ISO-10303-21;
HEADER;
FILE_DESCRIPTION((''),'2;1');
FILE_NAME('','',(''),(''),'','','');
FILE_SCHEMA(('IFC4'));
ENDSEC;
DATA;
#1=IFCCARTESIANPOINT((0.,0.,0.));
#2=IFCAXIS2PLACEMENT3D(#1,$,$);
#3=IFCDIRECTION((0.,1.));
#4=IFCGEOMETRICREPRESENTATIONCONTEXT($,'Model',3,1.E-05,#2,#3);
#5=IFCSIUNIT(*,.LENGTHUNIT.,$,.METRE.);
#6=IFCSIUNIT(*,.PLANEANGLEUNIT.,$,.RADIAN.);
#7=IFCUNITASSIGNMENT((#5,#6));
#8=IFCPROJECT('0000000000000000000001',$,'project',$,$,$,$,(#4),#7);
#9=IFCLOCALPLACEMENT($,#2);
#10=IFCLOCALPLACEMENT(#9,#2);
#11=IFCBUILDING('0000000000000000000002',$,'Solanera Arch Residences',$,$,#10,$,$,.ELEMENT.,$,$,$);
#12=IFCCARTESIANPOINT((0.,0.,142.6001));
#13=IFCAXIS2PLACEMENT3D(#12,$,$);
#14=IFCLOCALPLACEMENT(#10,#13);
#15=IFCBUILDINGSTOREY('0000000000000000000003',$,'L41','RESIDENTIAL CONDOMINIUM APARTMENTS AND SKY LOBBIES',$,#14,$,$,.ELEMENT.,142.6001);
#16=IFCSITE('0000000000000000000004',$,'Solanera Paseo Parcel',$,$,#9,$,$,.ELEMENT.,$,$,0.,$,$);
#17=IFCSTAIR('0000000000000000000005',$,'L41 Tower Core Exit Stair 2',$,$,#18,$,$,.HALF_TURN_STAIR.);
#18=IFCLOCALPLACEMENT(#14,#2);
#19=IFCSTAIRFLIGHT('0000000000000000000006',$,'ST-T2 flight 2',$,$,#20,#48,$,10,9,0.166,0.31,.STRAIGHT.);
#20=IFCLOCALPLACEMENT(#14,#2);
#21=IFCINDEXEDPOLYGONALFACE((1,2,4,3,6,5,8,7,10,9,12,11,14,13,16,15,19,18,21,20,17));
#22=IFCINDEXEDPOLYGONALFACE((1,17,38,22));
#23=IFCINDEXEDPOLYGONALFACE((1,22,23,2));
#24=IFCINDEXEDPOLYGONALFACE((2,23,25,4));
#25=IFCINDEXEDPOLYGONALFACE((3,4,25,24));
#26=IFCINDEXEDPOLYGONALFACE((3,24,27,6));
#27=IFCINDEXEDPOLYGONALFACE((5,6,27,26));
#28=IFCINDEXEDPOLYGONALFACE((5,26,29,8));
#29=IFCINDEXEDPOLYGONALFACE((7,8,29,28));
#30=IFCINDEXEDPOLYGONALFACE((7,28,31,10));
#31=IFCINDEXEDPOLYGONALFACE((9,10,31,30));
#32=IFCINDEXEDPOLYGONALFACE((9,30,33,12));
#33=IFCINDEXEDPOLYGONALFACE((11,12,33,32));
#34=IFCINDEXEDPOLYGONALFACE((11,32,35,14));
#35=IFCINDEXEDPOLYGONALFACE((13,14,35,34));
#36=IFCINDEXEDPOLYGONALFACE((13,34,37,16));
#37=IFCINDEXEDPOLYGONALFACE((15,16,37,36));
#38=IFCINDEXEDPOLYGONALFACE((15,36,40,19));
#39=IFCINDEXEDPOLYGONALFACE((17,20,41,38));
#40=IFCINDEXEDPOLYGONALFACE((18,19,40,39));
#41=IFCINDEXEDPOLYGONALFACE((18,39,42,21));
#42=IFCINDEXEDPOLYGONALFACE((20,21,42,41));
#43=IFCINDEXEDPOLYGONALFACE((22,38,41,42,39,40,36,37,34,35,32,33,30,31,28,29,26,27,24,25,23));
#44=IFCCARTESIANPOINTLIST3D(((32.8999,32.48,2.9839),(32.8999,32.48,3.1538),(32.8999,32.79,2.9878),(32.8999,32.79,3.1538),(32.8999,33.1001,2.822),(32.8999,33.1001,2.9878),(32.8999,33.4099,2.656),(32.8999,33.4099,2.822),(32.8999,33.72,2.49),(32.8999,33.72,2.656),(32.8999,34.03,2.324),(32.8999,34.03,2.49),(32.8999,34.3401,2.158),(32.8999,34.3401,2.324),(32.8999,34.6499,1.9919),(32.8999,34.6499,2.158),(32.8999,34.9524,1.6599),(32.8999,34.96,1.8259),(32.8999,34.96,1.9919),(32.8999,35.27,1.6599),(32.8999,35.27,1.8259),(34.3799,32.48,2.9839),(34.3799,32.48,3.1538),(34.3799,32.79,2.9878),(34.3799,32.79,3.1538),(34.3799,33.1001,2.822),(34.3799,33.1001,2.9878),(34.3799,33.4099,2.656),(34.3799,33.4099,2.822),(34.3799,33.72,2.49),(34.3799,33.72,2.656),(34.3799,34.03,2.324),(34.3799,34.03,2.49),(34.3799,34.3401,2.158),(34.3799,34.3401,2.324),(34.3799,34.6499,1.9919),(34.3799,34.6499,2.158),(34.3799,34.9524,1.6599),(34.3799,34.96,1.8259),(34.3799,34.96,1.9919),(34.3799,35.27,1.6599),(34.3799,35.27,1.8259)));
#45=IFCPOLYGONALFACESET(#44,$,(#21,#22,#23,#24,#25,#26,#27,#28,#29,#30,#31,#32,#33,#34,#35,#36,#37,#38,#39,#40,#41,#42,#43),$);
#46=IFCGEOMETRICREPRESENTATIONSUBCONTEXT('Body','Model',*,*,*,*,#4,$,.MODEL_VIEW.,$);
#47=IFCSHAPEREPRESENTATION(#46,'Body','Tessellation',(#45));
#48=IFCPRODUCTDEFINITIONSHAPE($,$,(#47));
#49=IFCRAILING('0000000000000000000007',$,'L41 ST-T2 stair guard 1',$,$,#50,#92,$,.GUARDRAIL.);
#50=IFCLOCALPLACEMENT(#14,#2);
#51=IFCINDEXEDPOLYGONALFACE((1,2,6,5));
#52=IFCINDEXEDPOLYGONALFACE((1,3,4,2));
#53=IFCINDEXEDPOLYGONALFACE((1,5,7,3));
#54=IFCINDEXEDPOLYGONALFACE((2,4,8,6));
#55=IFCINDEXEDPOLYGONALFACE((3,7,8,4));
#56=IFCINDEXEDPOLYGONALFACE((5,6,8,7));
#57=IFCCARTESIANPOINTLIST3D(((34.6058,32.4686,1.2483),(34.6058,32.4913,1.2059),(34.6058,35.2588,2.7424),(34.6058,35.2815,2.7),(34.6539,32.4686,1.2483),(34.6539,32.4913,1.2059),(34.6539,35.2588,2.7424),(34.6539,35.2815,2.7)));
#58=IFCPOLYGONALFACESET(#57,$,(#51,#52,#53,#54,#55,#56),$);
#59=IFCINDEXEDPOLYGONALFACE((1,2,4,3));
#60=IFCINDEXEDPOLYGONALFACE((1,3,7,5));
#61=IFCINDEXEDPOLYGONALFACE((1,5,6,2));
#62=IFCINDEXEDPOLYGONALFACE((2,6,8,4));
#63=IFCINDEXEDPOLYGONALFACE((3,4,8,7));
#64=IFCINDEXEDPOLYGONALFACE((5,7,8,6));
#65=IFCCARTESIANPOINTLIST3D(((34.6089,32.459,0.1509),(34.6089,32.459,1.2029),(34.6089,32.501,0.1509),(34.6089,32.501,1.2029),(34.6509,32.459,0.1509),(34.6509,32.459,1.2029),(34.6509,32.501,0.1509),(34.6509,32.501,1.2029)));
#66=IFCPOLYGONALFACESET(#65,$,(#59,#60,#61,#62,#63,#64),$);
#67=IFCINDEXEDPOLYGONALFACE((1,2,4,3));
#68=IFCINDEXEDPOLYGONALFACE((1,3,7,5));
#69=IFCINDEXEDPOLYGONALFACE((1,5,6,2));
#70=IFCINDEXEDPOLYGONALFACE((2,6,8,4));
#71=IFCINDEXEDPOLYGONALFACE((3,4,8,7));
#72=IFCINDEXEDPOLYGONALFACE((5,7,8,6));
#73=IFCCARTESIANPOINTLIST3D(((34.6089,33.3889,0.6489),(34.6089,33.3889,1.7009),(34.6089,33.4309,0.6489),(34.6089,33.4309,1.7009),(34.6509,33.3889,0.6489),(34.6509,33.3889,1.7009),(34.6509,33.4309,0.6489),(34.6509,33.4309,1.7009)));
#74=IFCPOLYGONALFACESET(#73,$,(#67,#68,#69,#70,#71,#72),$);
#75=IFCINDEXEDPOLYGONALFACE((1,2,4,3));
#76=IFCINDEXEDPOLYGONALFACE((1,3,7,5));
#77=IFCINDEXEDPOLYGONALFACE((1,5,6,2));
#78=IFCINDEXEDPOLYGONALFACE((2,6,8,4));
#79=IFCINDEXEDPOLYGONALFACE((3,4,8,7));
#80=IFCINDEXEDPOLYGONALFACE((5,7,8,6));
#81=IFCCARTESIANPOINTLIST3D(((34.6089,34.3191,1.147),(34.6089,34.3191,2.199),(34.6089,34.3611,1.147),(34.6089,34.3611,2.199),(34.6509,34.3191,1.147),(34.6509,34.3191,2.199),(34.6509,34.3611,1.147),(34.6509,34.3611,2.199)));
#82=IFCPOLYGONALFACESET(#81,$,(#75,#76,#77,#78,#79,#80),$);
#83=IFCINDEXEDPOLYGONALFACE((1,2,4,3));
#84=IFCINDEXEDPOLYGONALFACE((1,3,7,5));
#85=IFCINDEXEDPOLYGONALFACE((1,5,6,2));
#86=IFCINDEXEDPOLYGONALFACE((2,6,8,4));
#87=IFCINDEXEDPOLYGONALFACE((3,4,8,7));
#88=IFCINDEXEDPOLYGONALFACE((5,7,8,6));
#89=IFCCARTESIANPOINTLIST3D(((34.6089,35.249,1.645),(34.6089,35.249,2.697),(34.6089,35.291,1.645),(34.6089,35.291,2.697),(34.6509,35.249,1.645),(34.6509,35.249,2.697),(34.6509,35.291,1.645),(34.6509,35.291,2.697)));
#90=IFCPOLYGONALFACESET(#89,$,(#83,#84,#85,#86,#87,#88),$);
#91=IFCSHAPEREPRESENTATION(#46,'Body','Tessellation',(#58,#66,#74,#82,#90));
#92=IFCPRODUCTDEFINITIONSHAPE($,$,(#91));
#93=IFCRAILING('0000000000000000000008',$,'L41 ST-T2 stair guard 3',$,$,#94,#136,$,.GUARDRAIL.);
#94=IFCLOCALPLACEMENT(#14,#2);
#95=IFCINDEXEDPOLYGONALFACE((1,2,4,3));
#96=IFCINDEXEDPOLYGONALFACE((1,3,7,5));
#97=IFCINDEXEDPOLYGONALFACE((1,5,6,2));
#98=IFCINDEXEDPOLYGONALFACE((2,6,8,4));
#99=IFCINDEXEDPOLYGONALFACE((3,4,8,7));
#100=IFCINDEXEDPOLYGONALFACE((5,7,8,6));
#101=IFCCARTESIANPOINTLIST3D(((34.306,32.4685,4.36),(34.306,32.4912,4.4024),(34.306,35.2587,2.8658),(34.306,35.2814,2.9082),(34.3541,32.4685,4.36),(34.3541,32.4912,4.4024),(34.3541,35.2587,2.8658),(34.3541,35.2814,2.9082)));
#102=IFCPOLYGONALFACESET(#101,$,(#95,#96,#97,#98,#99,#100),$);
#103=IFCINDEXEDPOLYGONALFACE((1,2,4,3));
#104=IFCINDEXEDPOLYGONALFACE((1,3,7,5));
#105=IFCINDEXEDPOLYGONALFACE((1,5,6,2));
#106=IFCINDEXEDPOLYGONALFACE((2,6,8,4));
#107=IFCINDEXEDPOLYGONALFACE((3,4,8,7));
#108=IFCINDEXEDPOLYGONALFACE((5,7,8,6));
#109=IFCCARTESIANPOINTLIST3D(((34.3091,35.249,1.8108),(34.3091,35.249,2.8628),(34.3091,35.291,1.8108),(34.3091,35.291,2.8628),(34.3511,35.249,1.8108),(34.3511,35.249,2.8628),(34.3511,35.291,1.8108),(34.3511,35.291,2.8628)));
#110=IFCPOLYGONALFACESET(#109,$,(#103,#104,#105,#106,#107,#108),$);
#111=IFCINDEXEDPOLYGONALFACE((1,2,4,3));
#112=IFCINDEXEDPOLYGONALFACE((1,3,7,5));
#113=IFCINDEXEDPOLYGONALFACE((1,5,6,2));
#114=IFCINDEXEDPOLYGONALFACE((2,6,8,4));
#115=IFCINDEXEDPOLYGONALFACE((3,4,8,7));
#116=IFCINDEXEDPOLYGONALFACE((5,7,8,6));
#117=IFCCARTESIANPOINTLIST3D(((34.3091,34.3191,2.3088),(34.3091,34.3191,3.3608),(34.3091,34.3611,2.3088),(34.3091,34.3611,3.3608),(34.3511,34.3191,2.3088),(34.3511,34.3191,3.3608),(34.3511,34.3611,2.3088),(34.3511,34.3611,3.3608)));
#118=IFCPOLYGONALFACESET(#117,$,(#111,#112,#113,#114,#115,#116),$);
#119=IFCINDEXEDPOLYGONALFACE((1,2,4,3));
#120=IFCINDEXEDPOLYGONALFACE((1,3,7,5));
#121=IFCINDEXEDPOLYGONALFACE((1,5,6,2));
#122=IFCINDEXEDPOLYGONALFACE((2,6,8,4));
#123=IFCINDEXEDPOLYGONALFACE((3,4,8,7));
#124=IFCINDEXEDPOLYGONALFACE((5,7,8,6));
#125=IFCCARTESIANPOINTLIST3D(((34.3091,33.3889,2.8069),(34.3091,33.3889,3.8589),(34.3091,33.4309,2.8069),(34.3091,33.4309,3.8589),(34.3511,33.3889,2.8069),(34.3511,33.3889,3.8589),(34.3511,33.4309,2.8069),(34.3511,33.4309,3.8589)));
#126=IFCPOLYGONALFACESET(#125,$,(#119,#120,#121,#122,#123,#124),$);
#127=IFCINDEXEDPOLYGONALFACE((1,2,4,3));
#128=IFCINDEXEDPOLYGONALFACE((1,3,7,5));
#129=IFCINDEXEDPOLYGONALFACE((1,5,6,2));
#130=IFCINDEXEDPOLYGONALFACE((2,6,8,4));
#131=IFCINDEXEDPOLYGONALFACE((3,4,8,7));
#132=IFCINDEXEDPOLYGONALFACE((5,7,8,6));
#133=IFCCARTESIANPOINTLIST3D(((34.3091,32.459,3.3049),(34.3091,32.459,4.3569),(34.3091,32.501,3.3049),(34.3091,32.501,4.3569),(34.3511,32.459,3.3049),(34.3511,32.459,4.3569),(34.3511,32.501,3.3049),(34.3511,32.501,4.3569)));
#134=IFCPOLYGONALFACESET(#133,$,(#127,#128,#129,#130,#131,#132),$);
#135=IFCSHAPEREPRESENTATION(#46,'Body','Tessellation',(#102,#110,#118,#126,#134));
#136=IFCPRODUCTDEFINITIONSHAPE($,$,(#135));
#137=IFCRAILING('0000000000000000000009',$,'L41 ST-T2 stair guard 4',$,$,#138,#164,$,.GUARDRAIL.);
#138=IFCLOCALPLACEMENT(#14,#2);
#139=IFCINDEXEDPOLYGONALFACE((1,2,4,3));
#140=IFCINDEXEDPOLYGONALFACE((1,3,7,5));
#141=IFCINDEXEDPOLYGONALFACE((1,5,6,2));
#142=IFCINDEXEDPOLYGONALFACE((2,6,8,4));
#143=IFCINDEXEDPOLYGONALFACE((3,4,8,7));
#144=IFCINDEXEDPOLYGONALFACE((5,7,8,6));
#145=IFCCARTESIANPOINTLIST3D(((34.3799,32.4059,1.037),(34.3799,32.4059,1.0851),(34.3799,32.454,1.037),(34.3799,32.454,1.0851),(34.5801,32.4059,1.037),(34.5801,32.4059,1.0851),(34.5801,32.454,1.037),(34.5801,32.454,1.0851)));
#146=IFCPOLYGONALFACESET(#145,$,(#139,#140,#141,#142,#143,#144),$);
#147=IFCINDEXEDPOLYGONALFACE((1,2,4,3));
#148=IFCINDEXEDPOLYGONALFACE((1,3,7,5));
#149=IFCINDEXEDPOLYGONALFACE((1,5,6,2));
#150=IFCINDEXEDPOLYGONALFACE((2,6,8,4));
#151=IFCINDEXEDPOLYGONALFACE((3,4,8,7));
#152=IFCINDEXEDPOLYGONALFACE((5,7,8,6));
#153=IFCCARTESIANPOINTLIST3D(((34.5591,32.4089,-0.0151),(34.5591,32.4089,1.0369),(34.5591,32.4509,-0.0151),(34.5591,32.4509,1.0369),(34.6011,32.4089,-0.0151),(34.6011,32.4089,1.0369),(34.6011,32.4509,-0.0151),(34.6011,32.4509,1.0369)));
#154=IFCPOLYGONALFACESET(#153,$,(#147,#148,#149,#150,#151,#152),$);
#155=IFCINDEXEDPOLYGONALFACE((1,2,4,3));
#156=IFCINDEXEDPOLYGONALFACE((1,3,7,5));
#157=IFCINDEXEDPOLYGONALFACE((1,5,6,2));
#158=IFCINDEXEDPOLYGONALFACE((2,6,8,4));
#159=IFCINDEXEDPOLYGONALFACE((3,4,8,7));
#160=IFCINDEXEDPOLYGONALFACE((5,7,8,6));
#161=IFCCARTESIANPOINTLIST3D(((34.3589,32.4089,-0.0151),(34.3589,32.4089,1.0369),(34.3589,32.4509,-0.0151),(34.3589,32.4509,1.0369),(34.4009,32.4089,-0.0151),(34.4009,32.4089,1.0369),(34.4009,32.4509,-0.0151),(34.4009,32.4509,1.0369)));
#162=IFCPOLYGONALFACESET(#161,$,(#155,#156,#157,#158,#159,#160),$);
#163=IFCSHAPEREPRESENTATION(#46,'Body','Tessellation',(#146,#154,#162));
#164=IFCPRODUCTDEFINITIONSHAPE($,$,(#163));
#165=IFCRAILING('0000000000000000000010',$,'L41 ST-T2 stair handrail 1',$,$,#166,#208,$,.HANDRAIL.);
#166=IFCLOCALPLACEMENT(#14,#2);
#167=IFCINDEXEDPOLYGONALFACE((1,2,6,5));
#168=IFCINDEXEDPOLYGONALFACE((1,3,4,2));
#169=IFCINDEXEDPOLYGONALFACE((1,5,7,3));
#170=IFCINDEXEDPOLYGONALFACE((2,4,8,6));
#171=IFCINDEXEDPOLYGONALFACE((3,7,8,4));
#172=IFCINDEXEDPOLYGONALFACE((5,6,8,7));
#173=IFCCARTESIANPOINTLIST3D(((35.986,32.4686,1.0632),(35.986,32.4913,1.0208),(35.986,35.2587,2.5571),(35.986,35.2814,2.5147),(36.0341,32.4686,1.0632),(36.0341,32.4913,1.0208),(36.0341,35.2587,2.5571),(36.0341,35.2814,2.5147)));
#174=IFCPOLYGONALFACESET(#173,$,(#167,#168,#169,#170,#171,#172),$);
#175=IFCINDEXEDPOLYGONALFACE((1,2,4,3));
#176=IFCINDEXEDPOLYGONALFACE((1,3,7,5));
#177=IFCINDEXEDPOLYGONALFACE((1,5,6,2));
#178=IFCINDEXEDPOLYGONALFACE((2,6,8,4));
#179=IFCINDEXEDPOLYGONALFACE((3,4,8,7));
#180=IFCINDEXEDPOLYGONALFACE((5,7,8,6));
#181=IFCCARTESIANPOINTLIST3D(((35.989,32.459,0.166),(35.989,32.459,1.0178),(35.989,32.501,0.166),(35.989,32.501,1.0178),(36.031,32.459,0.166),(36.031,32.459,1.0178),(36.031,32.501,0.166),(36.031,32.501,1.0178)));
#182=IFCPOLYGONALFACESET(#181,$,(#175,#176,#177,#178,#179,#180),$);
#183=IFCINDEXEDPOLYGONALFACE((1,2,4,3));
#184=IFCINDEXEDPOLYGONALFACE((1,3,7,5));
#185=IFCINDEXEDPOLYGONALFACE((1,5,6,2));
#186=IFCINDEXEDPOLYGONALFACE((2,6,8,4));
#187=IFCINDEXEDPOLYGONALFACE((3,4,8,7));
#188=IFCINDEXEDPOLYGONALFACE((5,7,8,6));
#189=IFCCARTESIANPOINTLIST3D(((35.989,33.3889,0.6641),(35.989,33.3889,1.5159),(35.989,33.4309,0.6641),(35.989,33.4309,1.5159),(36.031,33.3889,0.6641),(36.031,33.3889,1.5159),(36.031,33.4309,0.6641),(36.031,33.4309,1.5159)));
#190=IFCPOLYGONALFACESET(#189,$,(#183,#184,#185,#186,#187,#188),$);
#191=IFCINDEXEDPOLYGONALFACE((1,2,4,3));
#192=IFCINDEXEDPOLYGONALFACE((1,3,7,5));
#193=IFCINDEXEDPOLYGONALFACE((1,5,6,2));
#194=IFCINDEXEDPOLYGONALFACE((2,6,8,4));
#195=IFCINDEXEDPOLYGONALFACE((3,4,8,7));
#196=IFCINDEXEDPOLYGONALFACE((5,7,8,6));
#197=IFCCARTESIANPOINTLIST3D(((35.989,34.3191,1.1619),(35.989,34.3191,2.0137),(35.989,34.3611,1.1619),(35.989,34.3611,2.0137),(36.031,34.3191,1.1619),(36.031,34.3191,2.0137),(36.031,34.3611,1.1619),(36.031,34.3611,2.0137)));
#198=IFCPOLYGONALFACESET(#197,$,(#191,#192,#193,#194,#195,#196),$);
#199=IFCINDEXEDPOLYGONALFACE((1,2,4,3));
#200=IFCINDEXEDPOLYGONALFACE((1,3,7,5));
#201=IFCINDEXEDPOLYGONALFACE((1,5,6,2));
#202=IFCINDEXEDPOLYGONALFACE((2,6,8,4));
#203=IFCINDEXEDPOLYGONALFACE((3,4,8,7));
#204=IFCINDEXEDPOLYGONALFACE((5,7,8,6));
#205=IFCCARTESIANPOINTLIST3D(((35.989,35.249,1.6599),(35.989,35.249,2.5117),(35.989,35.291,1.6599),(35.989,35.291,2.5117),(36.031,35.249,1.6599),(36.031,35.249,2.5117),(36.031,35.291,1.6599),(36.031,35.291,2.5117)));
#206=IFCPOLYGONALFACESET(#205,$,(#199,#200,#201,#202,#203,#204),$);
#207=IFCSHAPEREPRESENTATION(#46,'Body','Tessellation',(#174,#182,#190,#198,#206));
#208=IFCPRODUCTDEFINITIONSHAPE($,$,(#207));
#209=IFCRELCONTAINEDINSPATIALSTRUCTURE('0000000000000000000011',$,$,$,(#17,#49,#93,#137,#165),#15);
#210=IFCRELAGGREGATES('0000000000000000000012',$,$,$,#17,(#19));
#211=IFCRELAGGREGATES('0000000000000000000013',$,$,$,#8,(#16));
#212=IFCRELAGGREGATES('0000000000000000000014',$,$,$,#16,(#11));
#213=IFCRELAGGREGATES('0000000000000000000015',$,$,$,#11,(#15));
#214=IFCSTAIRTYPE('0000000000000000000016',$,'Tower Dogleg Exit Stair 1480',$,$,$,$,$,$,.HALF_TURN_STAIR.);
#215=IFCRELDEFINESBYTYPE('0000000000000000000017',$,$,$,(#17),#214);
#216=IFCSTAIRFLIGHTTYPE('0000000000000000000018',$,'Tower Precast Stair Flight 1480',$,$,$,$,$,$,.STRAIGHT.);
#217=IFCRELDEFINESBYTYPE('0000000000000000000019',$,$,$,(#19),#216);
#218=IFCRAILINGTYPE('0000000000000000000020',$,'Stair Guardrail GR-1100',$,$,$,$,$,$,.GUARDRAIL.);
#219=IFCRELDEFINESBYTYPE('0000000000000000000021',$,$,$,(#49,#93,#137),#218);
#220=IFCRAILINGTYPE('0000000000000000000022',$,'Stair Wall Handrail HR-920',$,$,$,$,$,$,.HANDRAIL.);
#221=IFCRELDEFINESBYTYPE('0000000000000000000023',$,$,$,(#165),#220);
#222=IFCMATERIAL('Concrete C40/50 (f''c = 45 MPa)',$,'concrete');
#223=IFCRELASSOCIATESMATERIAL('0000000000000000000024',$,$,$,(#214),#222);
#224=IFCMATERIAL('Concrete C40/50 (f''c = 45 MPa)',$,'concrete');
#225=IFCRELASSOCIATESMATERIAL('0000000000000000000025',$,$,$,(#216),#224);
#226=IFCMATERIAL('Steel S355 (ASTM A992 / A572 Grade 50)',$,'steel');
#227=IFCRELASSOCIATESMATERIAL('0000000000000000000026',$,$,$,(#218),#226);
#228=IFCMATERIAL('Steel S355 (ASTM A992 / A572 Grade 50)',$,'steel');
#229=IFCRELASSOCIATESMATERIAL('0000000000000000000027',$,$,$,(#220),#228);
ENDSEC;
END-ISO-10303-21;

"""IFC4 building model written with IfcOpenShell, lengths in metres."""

from ifc_helpers import new_model, si_unit, direction, frame, origin, origin_2d, place, context, subcontext, project, spatial, polyline, rectangle, outline, extrude, material, type_object, element, aggregate, save


model = new_model("IFC4")

# Units and contexts
model_context = context("Model", 3, precision=1e-05, world=origin(), true_north=direction((0.0, 1.0)))
body_context = subcontext(model_context, "Body", "Model", "MODEL_VIEW")
ifc_project = project(units=[si_unit("LENGTHUNIT", "METRE"), si_unit("PLANEANGLEUNIT", "RADIAN")], contexts=[model_context])

# Site, building, storey
site_placement = place(None, origin())
site = spatial("IfcSite", under=ifc_project, at=site_placement, Name="Solanera Paseo Parcel", CompositionType="ELEMENT", RefElevation=0.0)
building_placement = place(site_placement, origin())
building = spatial("IfcBuilding", under=site, at=building_placement, Name="Solanera Arch Residences", CompositionType="ELEMENT")
storey_placement = place(building_placement, frame((0.0, 0.0, 142.6001)))
storey = spatial("IfcBuildingStorey", under=building, at=storey_placement, Name="L41", Description="RESIDENTIAL CONDOMINIUM APARTMENTS AND SKY LOBBIES", CompositionType="ELEMENT", Elevation=142.6001)

# Stair, stair flight
ifc_material_1 = material(Name="Concrete C40/50 (f'c = 45 MPa)", Category="concrete")
stair_type = type_object("IfcStairType", Name="Tower Dogleg Exit Stair 1480", PredefinedType="HALF_TURN_STAIR", material=ifc_material_1)
stair_placement = place(storey_placement, origin())
stair = element("IfcStair", 1, at=stair_placement, inside=storey, type_object=stair_type, Name="L41 Tower Core Exit Stair 2", PredefinedType="HALF_TURN_STAIR")
ifc_material_2 = material(Name="Concrete C40/50 (f'c = 45 MPa)", Category="concrete")
stair_flight_type = type_object("IfcStairFlightType", Name="Tower Precast Stair Flight 1480", PredefinedType="STRAIGHT", material=ifc_material_2)
stair_flight_1_placement = place(storey_placement, frame((33.6399, 35.27, 1.6599), z_axis=(0.0, 0.0, 1.0), x_axis=(0.0, -1.0, 0.0)))
stair_flight_1 = element("IfcStairFlight", 2, at=stair_flight_1_placement, type_object=stair_flight_type, Name="ST-T2 flight 2", NumberOfRisers=10, NumberOfTreads=9, PredefinedType="STRAIGHT", RiserHeight=0.166, TreadLength=0.31, context=body_context, shape_type="SweptSolid", body=[
    extrude(outline(polyline([(0.0, 0.0), (0.0, 0.166), (0.3101, 0.166), (0.3101, 0.332), (0.6201, 0.332), (0.6201, 0.498), (0.9299, 0.498), (0.9299, 0.6641), (1.24, 0.6641), (1.24, 0.8301), (1.55, 0.8301), (1.55, 0.9961), (1.8601, 0.9961), (1.8601, 1.1621), (2.1699, 1.1621), (2.1699, 1.3279), (2.48, 1.3279), (2.48, 1.4939), (2.79, 1.4939), (2.79, 1.6599), (2.79, 1.324), (0.3176, 0.0), (0.0, 0.0)])), frame((0.0, 0.74, 0.0), z_axis=(0.0, -1.0, 0.0), x_axis=(1.0, 0.0, 0.0)), (0.0, 0.0, 1.0), 1.48),
])
aggregate(stair, [stair_flight_1])

# Railings
ifc_material_3 = material(Name="Steel S355 (ASTM A992 / A572 Grade 50)", Category="steel")
railing_type_1 = type_object("IfcRailingType", Name="Stair Guardrail GR-1100", PredefinedType="GUARDRAIL", material=ifc_material_3)
railing_1_placement = place(storey_placement, frame((34.6299, 32.48, 0.1509)))
element("IfcRailing", 3, at=railing_1_placement, inside=storey, type_object=railing_type_1, Name="L41 ST-T2 stair guard 1", PredefinedType="GUARDRAIL", context=body_context, shape_type="SweptSolid", body=[
    extrude(rectangle(XDim=0.0481, YDim=0.0481, at=origin_2d()), frame((0.0, 0.0, 1.0762), z_axis=(0.0, 0.881549, 0.472093), x_axis=(-1.0, 0.0, 0.0)), (0.0, 0.0, 1.0), 3.165),
    extrude(rectangle(XDim=0.042, YDim=0.042, at=origin_2d()), origin(), (0.0, 0.0, 1.0), 1.052),
    extrude(rectangle(XDim=0.042, YDim=0.042, at=origin_2d()), frame((0.0, 0.9299, 0.498)), (0.0, 0.0, 1.0), 1.052),
    extrude(rectangle(XDim=0.042, YDim=0.042, at=origin_2d()), frame((0.0, 1.8601, 0.9961)), (0.0, 0.0, 1.0), 1.052),
    extrude(rectangle(XDim=0.042, YDim=0.042, at=origin_2d()), frame((0.0, 2.79, 1.4941)), (0.0, 0.0, 1.0), 1.052),
])
railing_2_placement = place(storey_placement, frame((34.3301, 35.27, 1.8108)))
element("IfcRailing", 4, at=railing_2_placement, inside=storey, type_object=railing_type_1, Name="L41 ST-T2 stair guard 3", PredefinedType="GUARDRAIL", context=body_context, shape_type="SweptSolid", body=[
    extrude(rectangle(XDim=0.0481, YDim=0.0481, at=origin_2d()), frame((0.0, 0.0, 1.0762), z_axis=(0.0, -0.881549, 0.472093), x_axis=(1.0, 0.0, 0.0)), (0.0, 0.0, 1.0), 3.165),
    extrude(rectangle(XDim=0.042, YDim=0.042, at=origin_2d()), origin(), (0.0, 0.0, 1.0), 1.052),
    extrude(rectangle(XDim=0.042, YDim=0.042, at=origin_2d()), frame((0.0, -0.9299, 0.498)), (0.0, 0.0, 1.0), 1.052),
    extrude(rectangle(XDim=0.042, YDim=0.042, at=origin_2d()), frame((0.0, -1.8601, 0.9961)), (0.0, 0.0, 1.0), 1.052),
    extrude(rectangle(XDim=0.042, YDim=0.042, at=origin_2d()), frame((0.0, -2.79, 1.4941)), (0.0, 0.0, 1.0), 1.052),
])
railing_3_placement = place(storey_placement, frame((34.5801, 32.4299, -0.0151)))
element("IfcRailing", 5, at=railing_3_placement, inside=storey, type_object=railing_type_1, Name="L41 ST-T2 stair guard 4", PredefinedType="GUARDRAIL", context=body_context, shape_type="SweptSolid", body=[
    extrude(rectangle(XDim=0.0481, YDim=0.0481, at=origin_2d()), frame((0.0, 0.0, 1.0762), z_axis=(-1.0, 0.0, 0.0), x_axis=(0.0, -1.0, 0.0)), (0.0, 0.0, 1.0), 0.2002),
    extrude(rectangle(XDim=0.042, YDim=0.042, at=origin_2d()), origin(), (0.0, 0.0, 1.0), 1.052),
    extrude(rectangle(XDim=0.042, YDim=0.042, at=origin_2d()), frame((-0.2002, 0.0, 0.0)), (0.0, 0.0, 1.0), 1.052),
])
ifc_material_4 = material(Name="Steel S355 (ASTM A992 / A572 Grade 50)", Category="steel")
railing_type_2 = type_object("IfcRailingType", Name="Stair Wall Handrail HR-920", PredefinedType="HANDRAIL", material=ifc_material_4)
railing_4_placement = place(storey_placement, frame((36.01, 32.48, 0.166)))
element("IfcRailing", 6, at=railing_4_placement, inside=storey, type_object=railing_type_2, Name="L41 ST-T2 stair handrail 1", PredefinedType="HANDRAIL", context=body_context, shape_type="SweptSolid", body=[
    extrude(rectangle(XDim=0.0481, YDim=0.0481, at=origin_2d()), frame((0.0, 0.0, 0.876), z_axis=(0.0, 0.881581, 0.472033), x_axis=(-1.0, 0.0, 0.0)), (0.0, 0.0, 1.0), 3.1648),
    extrude(rectangle(XDim=0.042, YDim=0.042, at=origin_2d()), origin(), (0.0, 0.0, 1.0), 0.8518),
    extrude(rectangle(XDim=0.042, YDim=0.042, at=origin_2d()), frame((0.0, 0.9299, 0.498)), (0.0, 0.0, 1.0), 0.8518),
    extrude(rectangle(XDim=0.042, YDim=0.042, at=origin_2d()), frame((0.0, 1.8601, 0.9958)), (0.0, 0.0, 1.0), 0.8518),
    extrude(rectangle(XDim=0.042, YDim=0.042, at=origin_2d()), frame((0.0, 2.79, 1.4939)), (0.0, 0.0, 1.0), 0.8518),
])

save(model, "model.ifc")
